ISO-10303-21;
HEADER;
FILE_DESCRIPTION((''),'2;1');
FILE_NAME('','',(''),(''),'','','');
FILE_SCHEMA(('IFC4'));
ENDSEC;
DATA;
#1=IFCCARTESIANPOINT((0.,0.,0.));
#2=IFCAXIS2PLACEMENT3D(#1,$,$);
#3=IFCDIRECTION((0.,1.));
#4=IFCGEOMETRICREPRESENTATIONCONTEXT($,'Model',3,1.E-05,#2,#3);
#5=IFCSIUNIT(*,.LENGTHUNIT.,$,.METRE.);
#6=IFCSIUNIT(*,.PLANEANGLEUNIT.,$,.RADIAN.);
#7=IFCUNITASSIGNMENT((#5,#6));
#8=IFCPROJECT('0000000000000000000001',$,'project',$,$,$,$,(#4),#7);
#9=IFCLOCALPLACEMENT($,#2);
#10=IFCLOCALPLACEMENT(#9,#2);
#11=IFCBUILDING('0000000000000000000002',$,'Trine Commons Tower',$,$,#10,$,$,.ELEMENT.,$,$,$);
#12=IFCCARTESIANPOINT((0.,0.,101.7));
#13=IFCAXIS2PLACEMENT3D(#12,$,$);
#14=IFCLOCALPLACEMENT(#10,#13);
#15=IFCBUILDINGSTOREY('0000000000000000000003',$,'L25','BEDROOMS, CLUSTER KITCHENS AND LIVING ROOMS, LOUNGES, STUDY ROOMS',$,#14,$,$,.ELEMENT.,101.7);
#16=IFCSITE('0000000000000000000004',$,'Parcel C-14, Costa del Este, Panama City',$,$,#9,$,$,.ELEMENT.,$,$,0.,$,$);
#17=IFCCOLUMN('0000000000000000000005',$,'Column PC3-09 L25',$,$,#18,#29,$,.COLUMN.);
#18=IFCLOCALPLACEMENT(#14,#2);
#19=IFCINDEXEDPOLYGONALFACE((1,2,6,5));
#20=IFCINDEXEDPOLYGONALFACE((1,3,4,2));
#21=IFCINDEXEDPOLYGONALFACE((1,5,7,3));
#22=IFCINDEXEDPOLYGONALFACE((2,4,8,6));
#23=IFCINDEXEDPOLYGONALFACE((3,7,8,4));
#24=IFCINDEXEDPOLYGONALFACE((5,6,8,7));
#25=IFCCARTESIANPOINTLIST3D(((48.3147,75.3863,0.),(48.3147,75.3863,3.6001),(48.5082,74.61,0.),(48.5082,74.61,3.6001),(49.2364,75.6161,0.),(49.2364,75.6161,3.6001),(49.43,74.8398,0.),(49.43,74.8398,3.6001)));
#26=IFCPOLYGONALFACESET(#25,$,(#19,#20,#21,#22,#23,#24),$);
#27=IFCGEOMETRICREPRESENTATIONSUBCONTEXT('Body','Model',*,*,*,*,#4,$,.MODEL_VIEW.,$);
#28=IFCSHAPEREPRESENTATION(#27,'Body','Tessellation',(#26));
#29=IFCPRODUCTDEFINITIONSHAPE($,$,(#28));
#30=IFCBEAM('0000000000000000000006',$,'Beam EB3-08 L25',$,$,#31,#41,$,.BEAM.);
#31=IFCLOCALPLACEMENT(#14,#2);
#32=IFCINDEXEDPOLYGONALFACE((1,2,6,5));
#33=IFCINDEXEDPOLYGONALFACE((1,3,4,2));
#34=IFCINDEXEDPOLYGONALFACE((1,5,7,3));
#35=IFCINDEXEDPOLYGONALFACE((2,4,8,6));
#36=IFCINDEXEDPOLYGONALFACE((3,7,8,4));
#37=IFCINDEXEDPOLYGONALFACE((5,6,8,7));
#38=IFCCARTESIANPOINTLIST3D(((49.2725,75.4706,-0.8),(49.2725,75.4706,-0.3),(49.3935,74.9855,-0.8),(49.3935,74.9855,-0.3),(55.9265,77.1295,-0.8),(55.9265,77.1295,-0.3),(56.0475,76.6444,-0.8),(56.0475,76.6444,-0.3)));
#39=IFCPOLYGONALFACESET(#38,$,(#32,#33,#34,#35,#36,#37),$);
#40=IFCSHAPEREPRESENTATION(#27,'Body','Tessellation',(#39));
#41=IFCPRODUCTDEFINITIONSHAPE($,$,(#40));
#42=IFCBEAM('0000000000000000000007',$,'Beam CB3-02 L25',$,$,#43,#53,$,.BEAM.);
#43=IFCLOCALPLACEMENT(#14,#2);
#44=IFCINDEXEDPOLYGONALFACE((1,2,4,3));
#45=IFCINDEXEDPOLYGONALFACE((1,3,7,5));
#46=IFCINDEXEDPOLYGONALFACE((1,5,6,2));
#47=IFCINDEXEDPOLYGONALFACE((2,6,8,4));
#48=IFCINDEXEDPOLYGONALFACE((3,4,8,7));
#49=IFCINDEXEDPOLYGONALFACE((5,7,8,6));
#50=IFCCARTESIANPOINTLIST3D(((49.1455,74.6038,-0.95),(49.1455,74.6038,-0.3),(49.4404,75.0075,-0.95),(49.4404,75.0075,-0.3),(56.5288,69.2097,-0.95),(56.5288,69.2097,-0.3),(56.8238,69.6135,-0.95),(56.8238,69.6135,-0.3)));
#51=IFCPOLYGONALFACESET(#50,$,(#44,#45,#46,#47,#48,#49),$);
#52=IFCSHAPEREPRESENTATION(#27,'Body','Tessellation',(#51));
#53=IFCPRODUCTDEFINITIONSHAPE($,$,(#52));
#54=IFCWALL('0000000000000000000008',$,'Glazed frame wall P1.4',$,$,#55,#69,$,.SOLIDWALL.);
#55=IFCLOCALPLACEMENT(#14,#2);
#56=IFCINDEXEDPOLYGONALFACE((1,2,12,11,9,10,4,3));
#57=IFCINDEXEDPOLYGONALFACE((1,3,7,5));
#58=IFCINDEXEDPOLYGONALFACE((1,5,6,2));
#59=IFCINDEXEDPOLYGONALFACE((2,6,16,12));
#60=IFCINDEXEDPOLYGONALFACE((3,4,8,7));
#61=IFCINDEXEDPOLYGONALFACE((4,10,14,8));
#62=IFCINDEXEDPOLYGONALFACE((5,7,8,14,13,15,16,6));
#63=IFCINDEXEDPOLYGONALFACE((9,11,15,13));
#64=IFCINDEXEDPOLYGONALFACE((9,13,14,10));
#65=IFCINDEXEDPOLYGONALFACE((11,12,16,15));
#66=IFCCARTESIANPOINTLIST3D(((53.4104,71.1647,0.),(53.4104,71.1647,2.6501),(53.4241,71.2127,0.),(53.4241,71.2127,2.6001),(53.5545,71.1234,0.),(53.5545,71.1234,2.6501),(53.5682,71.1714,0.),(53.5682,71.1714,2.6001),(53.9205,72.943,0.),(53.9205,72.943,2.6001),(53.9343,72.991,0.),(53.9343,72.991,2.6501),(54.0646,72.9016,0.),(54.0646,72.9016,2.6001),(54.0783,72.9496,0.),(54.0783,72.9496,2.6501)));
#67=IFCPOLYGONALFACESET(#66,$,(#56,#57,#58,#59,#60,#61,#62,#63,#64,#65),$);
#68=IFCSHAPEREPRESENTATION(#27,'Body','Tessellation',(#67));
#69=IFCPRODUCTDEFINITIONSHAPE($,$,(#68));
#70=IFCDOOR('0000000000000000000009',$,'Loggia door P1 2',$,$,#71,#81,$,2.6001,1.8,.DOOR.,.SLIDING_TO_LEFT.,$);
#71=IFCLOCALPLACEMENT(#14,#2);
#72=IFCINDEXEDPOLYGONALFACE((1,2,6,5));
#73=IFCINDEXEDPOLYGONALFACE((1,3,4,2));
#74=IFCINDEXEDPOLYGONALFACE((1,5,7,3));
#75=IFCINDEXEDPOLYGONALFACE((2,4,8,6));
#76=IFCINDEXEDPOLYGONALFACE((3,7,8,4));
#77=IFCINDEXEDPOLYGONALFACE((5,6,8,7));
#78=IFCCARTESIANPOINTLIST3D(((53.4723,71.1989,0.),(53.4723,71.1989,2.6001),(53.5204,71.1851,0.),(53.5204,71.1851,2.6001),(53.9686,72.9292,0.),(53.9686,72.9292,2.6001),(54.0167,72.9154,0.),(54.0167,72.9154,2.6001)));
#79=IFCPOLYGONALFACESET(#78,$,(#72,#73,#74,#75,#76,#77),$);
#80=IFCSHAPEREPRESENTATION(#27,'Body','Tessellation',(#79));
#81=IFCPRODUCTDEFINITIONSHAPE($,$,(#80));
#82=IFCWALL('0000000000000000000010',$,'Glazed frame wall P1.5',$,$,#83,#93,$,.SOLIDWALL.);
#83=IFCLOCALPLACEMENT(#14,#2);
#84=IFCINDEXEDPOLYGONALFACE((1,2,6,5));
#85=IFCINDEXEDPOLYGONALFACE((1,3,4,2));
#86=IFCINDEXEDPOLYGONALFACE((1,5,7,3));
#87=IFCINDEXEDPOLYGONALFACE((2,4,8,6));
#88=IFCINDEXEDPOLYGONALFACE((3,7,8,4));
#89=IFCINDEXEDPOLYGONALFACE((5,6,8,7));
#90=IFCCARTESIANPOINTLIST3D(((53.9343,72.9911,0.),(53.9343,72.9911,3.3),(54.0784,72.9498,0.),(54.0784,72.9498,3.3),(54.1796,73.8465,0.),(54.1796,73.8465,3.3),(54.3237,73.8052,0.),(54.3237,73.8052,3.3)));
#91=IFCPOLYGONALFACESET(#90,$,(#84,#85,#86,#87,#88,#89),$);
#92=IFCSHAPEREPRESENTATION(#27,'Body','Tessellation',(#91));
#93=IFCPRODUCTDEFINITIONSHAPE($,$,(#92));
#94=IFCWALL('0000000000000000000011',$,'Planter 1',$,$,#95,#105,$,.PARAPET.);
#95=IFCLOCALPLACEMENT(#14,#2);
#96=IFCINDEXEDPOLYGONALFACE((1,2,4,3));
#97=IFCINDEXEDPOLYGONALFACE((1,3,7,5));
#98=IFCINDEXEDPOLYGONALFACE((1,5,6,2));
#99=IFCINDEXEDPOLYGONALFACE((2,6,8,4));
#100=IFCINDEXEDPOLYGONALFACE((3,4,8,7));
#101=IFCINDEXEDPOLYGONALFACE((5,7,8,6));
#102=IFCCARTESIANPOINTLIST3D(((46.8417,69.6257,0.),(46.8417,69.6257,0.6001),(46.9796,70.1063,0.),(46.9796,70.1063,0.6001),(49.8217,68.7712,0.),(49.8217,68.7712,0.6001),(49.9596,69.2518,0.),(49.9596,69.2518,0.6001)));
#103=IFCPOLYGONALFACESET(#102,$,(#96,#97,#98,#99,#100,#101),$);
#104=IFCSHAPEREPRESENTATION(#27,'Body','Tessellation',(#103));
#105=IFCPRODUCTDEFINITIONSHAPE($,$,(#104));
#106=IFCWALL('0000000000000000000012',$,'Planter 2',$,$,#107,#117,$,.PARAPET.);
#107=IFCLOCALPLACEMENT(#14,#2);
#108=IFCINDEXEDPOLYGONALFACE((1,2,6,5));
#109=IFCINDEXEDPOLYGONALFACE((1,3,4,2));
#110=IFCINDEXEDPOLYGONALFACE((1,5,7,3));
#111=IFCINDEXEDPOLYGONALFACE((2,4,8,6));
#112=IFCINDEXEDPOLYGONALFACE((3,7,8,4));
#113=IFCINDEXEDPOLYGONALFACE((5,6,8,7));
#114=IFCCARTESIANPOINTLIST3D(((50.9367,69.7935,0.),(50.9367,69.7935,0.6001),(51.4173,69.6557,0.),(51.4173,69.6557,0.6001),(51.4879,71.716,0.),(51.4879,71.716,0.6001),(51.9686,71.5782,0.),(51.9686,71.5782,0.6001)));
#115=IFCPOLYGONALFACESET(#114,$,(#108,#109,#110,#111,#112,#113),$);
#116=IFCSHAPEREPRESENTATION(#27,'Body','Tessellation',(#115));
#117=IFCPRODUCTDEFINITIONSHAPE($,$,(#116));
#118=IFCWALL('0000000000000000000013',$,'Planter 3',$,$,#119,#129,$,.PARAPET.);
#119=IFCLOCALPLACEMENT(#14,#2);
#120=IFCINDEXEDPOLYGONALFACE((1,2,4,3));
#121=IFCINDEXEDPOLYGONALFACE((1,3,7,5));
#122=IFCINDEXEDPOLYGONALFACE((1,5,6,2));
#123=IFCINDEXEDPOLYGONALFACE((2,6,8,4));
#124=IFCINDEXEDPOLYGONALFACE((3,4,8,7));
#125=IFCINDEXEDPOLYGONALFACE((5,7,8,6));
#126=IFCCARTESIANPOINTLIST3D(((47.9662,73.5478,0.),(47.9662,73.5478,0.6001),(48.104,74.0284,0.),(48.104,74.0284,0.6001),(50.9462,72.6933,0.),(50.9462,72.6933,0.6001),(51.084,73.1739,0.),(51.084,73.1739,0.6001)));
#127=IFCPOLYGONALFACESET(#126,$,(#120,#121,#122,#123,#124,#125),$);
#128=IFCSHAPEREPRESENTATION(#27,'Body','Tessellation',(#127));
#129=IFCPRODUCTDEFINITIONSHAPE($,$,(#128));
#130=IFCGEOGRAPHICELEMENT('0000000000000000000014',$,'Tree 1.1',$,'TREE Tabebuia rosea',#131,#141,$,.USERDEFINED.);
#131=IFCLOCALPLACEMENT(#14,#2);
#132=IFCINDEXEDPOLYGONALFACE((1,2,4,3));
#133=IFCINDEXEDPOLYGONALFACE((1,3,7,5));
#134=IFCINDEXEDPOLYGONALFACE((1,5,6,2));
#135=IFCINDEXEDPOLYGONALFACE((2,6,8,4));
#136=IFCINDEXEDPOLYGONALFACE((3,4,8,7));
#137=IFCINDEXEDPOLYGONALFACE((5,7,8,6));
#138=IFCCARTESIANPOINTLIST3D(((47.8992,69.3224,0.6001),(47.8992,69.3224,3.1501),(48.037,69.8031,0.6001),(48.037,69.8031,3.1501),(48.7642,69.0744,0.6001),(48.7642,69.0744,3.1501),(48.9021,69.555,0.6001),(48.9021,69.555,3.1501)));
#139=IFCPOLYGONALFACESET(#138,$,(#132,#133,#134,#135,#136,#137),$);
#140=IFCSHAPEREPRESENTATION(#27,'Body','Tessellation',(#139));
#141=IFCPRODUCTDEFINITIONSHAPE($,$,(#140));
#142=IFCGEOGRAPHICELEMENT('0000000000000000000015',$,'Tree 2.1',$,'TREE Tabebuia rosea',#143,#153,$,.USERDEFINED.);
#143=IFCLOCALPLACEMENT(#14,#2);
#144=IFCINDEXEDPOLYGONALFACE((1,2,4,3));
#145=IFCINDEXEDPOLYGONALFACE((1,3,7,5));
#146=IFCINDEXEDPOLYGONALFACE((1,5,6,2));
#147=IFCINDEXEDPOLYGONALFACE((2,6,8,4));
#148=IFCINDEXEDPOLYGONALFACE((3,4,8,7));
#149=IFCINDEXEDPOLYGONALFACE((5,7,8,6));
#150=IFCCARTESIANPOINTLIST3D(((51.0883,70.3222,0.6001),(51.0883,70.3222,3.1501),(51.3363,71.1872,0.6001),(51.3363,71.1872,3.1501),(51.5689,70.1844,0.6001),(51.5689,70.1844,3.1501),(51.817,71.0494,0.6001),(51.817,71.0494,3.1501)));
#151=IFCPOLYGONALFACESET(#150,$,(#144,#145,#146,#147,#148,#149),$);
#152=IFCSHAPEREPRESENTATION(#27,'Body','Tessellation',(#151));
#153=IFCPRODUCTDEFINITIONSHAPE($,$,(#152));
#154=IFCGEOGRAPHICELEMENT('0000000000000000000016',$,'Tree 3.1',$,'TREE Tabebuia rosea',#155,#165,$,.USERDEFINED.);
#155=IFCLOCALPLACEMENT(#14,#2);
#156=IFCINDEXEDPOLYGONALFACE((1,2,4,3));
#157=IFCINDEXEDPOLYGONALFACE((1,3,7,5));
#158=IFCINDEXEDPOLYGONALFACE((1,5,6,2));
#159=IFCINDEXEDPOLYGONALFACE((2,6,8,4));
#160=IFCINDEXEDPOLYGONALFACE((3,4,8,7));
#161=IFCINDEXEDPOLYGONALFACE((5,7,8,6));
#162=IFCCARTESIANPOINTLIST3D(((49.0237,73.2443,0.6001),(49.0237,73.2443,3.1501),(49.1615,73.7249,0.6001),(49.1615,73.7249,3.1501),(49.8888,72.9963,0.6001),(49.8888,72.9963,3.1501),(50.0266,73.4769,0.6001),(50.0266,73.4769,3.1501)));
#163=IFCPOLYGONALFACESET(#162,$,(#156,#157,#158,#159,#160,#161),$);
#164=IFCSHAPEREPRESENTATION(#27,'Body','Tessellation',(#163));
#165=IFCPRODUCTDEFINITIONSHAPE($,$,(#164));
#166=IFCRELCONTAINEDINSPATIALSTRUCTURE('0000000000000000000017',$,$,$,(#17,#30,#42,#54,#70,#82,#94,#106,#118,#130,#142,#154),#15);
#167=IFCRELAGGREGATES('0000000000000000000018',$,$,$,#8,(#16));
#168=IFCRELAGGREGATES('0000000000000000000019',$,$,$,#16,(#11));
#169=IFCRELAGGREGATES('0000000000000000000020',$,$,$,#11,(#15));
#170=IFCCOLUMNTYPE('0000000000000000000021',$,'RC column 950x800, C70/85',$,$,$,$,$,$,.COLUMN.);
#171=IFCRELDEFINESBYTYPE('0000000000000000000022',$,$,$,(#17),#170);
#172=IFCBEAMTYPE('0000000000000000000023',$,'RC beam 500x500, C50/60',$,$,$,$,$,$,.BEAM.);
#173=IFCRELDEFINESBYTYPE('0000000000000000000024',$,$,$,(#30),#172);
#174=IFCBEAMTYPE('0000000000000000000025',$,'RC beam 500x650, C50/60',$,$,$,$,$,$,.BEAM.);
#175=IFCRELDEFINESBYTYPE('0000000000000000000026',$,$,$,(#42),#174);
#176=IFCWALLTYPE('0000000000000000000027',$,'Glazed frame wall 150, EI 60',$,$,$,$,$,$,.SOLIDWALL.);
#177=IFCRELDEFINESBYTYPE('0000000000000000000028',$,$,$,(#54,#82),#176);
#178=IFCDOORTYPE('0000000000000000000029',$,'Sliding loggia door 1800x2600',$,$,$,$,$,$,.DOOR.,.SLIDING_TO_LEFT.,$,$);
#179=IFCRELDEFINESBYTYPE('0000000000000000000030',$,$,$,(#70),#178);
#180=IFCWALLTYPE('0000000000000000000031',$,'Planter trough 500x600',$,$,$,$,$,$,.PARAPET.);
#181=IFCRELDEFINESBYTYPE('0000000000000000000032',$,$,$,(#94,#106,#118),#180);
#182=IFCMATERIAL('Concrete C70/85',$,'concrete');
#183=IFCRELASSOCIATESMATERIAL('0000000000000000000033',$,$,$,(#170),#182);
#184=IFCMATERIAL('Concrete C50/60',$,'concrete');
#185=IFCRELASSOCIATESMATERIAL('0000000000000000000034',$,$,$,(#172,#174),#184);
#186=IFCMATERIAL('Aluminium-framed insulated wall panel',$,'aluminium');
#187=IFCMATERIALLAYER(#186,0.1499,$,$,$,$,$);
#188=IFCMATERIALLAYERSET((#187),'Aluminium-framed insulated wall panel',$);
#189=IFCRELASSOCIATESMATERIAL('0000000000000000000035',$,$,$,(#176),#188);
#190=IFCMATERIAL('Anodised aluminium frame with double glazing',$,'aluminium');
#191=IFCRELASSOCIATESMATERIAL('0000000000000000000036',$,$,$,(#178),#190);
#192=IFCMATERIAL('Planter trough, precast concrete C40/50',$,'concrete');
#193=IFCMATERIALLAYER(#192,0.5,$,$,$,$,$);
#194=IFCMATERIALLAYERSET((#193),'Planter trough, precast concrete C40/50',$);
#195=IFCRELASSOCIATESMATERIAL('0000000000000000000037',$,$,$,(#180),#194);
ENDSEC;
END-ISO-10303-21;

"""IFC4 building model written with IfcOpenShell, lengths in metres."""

from ifc_helpers import new_model, si_unit, direction, frame, frame_2d, origin, origin_2d, place, context, subcontext, project, spatial, polyline, rectangle, outline, extrude, material, layer, layer_set, material_profile, profile_set, type_object, element, fill, save


model = new_model("IFC4")

# Units and contexts
model_context = context("Model", 3, precision=1e-05, world=origin(), true_north=direction((0.0, 1.0)))
body_context = subcontext(model_context, "Body", "Model", "MODEL_VIEW")
ifc_project = project(units=[si_unit("LENGTHUNIT", "METRE"), si_unit("PLANEANGLEUNIT", "RADIAN")], contexts=[model_context])

# Site, building, storey
site_placement = place(None, origin())
site = spatial("IfcSite", under=ifc_project, at=site_placement, Name="Parcel C-14, Costa del Este, Panama City", CompositionType="ELEMENT", RefElevation=0.0)
building_placement = place(site_placement, origin())
building = spatial("IfcBuilding", under=site, at=building_placement, Name="Trine Commons Tower", CompositionType="ELEMENT")
storey_placement = place(building_placement, frame((0.0, 0.0, 101.7)))
storey = spatial("IfcBuildingStorey", under=building, at=storey_placement, Name="L25", Description="BEDROOMS, CLUSTER KITCHENS AND LIVING ROOMS, LOUNGES, STUDY ROOMS", CompositionType="ELEMENT", Elevation=101.7)

# Column
ifc_material_1 = material(Name="Concrete C70/85", Category="concrete")
ifc_material_profile_1 = material_profile(ifc_material_1, rectangle(XDim=0.95, YDim=0.8, at=origin_2d()), Name="RC 950x800")
ifc_profile_set_1 = profile_set([ifc_material_profile_1], Name="Concrete C70/85")
column_type = type_object("IfcColumnType", Name="RC column 950x800, C70/85", PredefinedType="COLUMN", material=ifc_profile_set_1)
column_placement = place(storey_placement, frame((48.8723, 75.113, 0.0), z_axis=(0.0, 0.0, 1.0), x_axis=(0.970296, 0.241922, 0.0)))
element("IfcColumn", 1, at=column_placement, inside=storey, type_object=column_type, Name="Column PC3-09 L25", PredefinedType="COLUMN", context=body_context, shape_type="SweptSolid", body=[
    extrude(rectangle(XDim=0.95, YDim=0.8, at=origin_2d()), origin(), (0.0, 0.0, 1.0), 3.6001),
])

# Beams
ifc_material_2 = material(Name="Concrete C50/60", Category="concrete")
ifc_material_profile_2 = material_profile(ifc_material_2, rectangle(XDim=0.5, YDim=0.5, at=origin_2d()), Name="RC 500x500")
ifc_profile_set_2 = profile_set([ifc_material_profile_2], Name="Concrete C50/60")
beam_type_1 = type_object("IfcBeamType", Name="RC beam 500x500, C50/60", PredefinedType="BEAM", material=ifc_profile_set_2)
beam_1_placement = place(storey_placement, frame((49.333, 75.228, -0.55), z_axis=(0.970299, 0.241907, 0.0), x_axis=(-0.241907, 0.970299, 0.0)))
element("IfcBeam", 2, at=beam_1_placement, inside=storey, type_object=beam_type_1, Name="Beam EB3-08 L25", PredefinedType="BEAM", context=body_context, shape_type="SweptSolid", body=[
    extrude(rectangle(XDim=0.5, YDim=0.5, at=origin_2d()), origin(), (0.0, 0.0, 1.0), 6.8577),
])
ifc_material_profile_3 = material_profile(ifc_material_2, rectangle(XDim=0.5, YDim=0.6499, at=origin_2d()), Name="RC 500x650")
ifc_profile_set_3 = profile_set([ifc_material_profile_3], Name="Concrete C50/60")
beam_type_2 = type_object("IfcBeamType", Name="RC beam 500x650, C50/60", PredefinedType="BEAM", material=ifc_profile_set_3)
beam_2_placement = place(storey_placement, frame((49.293, 74.8057, -0.625), z_axis=(0.807466, -0.589913, 0.0), x_axis=(0.589913, 0.807466, 0.0)))
element("IfcBeam", 3, at=beam_2_placement, inside=storey, type_object=beam_type_2, Name="Beam CB3-02 L25", PredefinedType="BEAM", context=body_context, shape_type="SweptSolid", body=[
    extrude(rectangle(XDim=0.5, YDim=0.6499, at=origin_2d()), origin(), (0.0, 0.0, 1.0), 9.1438),
])

# Wall, opening, door
ifc_material_3 = material(Name="Aluminium-framed insulated wall panel", Category="aluminium")
ifc_layer_1 = layer(ifc_material_3, 0.1499)
ifc_layer_set_1 = layer_set([ifc_layer_1], Name="Aluminium-framed insulated wall panel")
wall_type_1 = type_object("IfcWallType", Name="Glazed frame wall 150, EI 60", PredefinedType="SOLIDWALL", material=ifc_layer_set_1)
wall_1_placement = place(storey_placement, frame((53.4824, 71.144, 0.0), z_axis=(0.0, 0.0, 1.0), x_axis=(0.275739, 0.961232, 0.0)))
wall_1 = element("IfcWall", 4, at=wall_1_placement, inside=storey, type_object=wall_type_1, Name="Glazed frame wall P1.4", PredefinedType="SOLIDWALL", context=body_context, shape_type="SweptSolid", body=[
    extrude(outline(polyline([(0.0, -0.075), (1.8999, -0.075), (1.8999, 0.075), (0.0, 0.075), (0.0, -0.075)])), origin(), (0.0, 0.0, 1.0), 2.6501),
])
opening_1_placement = place(wall_1_placement, frame((0.05, 0.0, 0.0)))
opening_1 = element("IfcOpeningElement", 5, at=opening_1_placement, cuts=wall_1, PredefinedType="OPENING", context=body_context, shape_type="SweptSolid", body=[
    extrude(rectangle(XDim=1.8, YDim=2.6001, at=frame_2d((0.8999, 1.3))), frame((0.0, 0.085, 0.0), z_axis=(0.0, -1.0, 0.0), x_axis=(1.0, 0.0, 0.0)), (0.0, 0.0, 1.0), 0.1699),
])
ifc_material_4 = material(Name="Anodised aluminium frame with double glazing", Category="aluminium")
door_type = type_object("IfcDoorType", Name="Sliding loggia door 1800x2600", OperationType="SLIDING_TO_LEFT", PredefinedType="DOOR", material=ifc_material_4)
door_1_placement = place(opening_1_placement, origin())
door_1 = element("IfcDoor", 6, at=door_1_placement, inside=storey, type_object=door_type, Name="Loggia door P1 2", OperationType="SLIDING_TO_LEFT", OverallHeight=2.6001, OverallWidth=1.8, PredefinedType="DOOR", context=body_context, shape_type="SweptSolid", body=[
    extrude(rectangle(XDim=1.8, YDim=2.6001, at=frame_2d((0.8999, 1.3))), frame((0.0, 0.0249, 0.0), z_axis=(0.0, -1.0, 0.0), x_axis=(1.0, 0.0, 0.0)), (0.0, 0.0, 1.0), 0.05),
])
fill(opening_1, door_1)

# Wall
wall_2_placement = place(storey_placement, frame((54.0063, 72.9705, 0.0), z_axis=(0.0, 0.0, 1.0), x_axis=(0.275656, 0.961256, 0.0)))
element("IfcWall", 7, at=wall_2_placement, inside=storey, type_object=wall_type_1, Name="Glazed frame wall P1.5", PredefinedType="SOLIDWALL", context=body_context, shape_type="SweptSolid", body=[
    extrude(outline(polyline([(0.8899, 0.075), (0.0, 0.075), (0.0, -0.075), (0.8899, -0.075), (0.8899, 0.075)])), origin(), (0.0, 0.0, 1.0), 3.3),
])

# Walls
ifc_material_5 = material(Name="Planter trough, precast concrete C40/50", Category="concrete")
ifc_layer_2 = layer(ifc_material_5, 0.5)
ifc_layer_set_2 = layer_set([ifc_layer_2], Name="Planter trough, precast concrete C40/50")
wall_type_2 = type_object("IfcWallType", Name="Planter trough 500x600", PredefinedType="PARAPET", material=ifc_layer_set_2)
wall_3_placement = place(storey_placement, frame((46.9106, 69.866, 0.0), z_axis=(0.0, 0.0, 1.0), x_axis=(0.961262, -0.275636, 0.0)))
element("IfcWall", 8, at=wall_3_placement, inside=storey, type_object=wall_type_2, Name="Planter 1", PredefinedType="PARAPET", context=body_context, shape_type="SweptSolid", body=[
    extrude(rectangle(XDim=3.1001, YDim=0.5, at=frame_2d((1.55, 0.0))), origin(), (0.0, 0.0, 1.0), 0.6001),
])
wall_4_placement = place(storey_placement, frame((51.177, 69.7246, 0.0), z_axis=(0.0, 0.0, 1.0), x_axis=(0.275624, 0.961266, 0.0)))
element("IfcWall", 9, at=wall_4_placement, inside=storey, type_object=wall_type_2, Name="Planter 2", PredefinedType="PARAPET", context=body_context, shape_type="SweptSolid", body=[
    extrude(rectangle(XDim=2.0, YDim=0.5, at=frame_2d((1.0, 0.0))), origin(), (0.0, 0.0, 1.0), 0.6001),
])
wall_5_placement = place(storey_placement, frame((51.0151, 72.9336, 0.0), z_axis=(0.0, 0.0, 1.0), x_axis=(-0.961262, 0.275636, 0.0)))
element("IfcWall", 10, at=wall_5_placement, inside=storey, type_object=wall_type_2, Name="Planter 3", PredefinedType="PARAPET", context=body_context, shape_type="SweptSolid", body=[
    extrude(rectangle(XDim=3.1001, YDim=0.5, at=frame_2d((1.55, 0.0))), origin(), (0.0, 0.0, 1.0), 0.6001),
])

# Geographic elements
for number, where, z_axis, x_axis, name in (
    (11, (48.4006, 69.4387, 0.6001), (0.0, 0.0, 1.0), (0.961261, -0.275641, 0.0), "Tree 1.1"),
    (12, (51.4526, 70.6858, 0.6001), (0.0, 0.0, 1.0), (0.275646, 0.961259, 0.0), "Tree 2.1"),
    (13, (49.5251, 73.3606, 0.6001), (0.0, 0.0, 1.0), (-0.961263, 0.275634, 0.0), "Tree 3.1"),
):
    element("IfcGeographicElement", number, at=place(storey_placement, frame(where, z_axis=z_axis, x_axis=x_axis)), inside=storey, Name=name, ObjectType="TREE Tabebuia rosea", PredefinedType="USERDEFINED", context=body_context, shape_type="SweptSolid", body=[
        extrude(rectangle(XDim=0.8999, YDim=0.5, at=origin_2d()), origin(), (0.0, 0.0, 1.0), 2.55),
    ])

save(model, "model.ifc")
